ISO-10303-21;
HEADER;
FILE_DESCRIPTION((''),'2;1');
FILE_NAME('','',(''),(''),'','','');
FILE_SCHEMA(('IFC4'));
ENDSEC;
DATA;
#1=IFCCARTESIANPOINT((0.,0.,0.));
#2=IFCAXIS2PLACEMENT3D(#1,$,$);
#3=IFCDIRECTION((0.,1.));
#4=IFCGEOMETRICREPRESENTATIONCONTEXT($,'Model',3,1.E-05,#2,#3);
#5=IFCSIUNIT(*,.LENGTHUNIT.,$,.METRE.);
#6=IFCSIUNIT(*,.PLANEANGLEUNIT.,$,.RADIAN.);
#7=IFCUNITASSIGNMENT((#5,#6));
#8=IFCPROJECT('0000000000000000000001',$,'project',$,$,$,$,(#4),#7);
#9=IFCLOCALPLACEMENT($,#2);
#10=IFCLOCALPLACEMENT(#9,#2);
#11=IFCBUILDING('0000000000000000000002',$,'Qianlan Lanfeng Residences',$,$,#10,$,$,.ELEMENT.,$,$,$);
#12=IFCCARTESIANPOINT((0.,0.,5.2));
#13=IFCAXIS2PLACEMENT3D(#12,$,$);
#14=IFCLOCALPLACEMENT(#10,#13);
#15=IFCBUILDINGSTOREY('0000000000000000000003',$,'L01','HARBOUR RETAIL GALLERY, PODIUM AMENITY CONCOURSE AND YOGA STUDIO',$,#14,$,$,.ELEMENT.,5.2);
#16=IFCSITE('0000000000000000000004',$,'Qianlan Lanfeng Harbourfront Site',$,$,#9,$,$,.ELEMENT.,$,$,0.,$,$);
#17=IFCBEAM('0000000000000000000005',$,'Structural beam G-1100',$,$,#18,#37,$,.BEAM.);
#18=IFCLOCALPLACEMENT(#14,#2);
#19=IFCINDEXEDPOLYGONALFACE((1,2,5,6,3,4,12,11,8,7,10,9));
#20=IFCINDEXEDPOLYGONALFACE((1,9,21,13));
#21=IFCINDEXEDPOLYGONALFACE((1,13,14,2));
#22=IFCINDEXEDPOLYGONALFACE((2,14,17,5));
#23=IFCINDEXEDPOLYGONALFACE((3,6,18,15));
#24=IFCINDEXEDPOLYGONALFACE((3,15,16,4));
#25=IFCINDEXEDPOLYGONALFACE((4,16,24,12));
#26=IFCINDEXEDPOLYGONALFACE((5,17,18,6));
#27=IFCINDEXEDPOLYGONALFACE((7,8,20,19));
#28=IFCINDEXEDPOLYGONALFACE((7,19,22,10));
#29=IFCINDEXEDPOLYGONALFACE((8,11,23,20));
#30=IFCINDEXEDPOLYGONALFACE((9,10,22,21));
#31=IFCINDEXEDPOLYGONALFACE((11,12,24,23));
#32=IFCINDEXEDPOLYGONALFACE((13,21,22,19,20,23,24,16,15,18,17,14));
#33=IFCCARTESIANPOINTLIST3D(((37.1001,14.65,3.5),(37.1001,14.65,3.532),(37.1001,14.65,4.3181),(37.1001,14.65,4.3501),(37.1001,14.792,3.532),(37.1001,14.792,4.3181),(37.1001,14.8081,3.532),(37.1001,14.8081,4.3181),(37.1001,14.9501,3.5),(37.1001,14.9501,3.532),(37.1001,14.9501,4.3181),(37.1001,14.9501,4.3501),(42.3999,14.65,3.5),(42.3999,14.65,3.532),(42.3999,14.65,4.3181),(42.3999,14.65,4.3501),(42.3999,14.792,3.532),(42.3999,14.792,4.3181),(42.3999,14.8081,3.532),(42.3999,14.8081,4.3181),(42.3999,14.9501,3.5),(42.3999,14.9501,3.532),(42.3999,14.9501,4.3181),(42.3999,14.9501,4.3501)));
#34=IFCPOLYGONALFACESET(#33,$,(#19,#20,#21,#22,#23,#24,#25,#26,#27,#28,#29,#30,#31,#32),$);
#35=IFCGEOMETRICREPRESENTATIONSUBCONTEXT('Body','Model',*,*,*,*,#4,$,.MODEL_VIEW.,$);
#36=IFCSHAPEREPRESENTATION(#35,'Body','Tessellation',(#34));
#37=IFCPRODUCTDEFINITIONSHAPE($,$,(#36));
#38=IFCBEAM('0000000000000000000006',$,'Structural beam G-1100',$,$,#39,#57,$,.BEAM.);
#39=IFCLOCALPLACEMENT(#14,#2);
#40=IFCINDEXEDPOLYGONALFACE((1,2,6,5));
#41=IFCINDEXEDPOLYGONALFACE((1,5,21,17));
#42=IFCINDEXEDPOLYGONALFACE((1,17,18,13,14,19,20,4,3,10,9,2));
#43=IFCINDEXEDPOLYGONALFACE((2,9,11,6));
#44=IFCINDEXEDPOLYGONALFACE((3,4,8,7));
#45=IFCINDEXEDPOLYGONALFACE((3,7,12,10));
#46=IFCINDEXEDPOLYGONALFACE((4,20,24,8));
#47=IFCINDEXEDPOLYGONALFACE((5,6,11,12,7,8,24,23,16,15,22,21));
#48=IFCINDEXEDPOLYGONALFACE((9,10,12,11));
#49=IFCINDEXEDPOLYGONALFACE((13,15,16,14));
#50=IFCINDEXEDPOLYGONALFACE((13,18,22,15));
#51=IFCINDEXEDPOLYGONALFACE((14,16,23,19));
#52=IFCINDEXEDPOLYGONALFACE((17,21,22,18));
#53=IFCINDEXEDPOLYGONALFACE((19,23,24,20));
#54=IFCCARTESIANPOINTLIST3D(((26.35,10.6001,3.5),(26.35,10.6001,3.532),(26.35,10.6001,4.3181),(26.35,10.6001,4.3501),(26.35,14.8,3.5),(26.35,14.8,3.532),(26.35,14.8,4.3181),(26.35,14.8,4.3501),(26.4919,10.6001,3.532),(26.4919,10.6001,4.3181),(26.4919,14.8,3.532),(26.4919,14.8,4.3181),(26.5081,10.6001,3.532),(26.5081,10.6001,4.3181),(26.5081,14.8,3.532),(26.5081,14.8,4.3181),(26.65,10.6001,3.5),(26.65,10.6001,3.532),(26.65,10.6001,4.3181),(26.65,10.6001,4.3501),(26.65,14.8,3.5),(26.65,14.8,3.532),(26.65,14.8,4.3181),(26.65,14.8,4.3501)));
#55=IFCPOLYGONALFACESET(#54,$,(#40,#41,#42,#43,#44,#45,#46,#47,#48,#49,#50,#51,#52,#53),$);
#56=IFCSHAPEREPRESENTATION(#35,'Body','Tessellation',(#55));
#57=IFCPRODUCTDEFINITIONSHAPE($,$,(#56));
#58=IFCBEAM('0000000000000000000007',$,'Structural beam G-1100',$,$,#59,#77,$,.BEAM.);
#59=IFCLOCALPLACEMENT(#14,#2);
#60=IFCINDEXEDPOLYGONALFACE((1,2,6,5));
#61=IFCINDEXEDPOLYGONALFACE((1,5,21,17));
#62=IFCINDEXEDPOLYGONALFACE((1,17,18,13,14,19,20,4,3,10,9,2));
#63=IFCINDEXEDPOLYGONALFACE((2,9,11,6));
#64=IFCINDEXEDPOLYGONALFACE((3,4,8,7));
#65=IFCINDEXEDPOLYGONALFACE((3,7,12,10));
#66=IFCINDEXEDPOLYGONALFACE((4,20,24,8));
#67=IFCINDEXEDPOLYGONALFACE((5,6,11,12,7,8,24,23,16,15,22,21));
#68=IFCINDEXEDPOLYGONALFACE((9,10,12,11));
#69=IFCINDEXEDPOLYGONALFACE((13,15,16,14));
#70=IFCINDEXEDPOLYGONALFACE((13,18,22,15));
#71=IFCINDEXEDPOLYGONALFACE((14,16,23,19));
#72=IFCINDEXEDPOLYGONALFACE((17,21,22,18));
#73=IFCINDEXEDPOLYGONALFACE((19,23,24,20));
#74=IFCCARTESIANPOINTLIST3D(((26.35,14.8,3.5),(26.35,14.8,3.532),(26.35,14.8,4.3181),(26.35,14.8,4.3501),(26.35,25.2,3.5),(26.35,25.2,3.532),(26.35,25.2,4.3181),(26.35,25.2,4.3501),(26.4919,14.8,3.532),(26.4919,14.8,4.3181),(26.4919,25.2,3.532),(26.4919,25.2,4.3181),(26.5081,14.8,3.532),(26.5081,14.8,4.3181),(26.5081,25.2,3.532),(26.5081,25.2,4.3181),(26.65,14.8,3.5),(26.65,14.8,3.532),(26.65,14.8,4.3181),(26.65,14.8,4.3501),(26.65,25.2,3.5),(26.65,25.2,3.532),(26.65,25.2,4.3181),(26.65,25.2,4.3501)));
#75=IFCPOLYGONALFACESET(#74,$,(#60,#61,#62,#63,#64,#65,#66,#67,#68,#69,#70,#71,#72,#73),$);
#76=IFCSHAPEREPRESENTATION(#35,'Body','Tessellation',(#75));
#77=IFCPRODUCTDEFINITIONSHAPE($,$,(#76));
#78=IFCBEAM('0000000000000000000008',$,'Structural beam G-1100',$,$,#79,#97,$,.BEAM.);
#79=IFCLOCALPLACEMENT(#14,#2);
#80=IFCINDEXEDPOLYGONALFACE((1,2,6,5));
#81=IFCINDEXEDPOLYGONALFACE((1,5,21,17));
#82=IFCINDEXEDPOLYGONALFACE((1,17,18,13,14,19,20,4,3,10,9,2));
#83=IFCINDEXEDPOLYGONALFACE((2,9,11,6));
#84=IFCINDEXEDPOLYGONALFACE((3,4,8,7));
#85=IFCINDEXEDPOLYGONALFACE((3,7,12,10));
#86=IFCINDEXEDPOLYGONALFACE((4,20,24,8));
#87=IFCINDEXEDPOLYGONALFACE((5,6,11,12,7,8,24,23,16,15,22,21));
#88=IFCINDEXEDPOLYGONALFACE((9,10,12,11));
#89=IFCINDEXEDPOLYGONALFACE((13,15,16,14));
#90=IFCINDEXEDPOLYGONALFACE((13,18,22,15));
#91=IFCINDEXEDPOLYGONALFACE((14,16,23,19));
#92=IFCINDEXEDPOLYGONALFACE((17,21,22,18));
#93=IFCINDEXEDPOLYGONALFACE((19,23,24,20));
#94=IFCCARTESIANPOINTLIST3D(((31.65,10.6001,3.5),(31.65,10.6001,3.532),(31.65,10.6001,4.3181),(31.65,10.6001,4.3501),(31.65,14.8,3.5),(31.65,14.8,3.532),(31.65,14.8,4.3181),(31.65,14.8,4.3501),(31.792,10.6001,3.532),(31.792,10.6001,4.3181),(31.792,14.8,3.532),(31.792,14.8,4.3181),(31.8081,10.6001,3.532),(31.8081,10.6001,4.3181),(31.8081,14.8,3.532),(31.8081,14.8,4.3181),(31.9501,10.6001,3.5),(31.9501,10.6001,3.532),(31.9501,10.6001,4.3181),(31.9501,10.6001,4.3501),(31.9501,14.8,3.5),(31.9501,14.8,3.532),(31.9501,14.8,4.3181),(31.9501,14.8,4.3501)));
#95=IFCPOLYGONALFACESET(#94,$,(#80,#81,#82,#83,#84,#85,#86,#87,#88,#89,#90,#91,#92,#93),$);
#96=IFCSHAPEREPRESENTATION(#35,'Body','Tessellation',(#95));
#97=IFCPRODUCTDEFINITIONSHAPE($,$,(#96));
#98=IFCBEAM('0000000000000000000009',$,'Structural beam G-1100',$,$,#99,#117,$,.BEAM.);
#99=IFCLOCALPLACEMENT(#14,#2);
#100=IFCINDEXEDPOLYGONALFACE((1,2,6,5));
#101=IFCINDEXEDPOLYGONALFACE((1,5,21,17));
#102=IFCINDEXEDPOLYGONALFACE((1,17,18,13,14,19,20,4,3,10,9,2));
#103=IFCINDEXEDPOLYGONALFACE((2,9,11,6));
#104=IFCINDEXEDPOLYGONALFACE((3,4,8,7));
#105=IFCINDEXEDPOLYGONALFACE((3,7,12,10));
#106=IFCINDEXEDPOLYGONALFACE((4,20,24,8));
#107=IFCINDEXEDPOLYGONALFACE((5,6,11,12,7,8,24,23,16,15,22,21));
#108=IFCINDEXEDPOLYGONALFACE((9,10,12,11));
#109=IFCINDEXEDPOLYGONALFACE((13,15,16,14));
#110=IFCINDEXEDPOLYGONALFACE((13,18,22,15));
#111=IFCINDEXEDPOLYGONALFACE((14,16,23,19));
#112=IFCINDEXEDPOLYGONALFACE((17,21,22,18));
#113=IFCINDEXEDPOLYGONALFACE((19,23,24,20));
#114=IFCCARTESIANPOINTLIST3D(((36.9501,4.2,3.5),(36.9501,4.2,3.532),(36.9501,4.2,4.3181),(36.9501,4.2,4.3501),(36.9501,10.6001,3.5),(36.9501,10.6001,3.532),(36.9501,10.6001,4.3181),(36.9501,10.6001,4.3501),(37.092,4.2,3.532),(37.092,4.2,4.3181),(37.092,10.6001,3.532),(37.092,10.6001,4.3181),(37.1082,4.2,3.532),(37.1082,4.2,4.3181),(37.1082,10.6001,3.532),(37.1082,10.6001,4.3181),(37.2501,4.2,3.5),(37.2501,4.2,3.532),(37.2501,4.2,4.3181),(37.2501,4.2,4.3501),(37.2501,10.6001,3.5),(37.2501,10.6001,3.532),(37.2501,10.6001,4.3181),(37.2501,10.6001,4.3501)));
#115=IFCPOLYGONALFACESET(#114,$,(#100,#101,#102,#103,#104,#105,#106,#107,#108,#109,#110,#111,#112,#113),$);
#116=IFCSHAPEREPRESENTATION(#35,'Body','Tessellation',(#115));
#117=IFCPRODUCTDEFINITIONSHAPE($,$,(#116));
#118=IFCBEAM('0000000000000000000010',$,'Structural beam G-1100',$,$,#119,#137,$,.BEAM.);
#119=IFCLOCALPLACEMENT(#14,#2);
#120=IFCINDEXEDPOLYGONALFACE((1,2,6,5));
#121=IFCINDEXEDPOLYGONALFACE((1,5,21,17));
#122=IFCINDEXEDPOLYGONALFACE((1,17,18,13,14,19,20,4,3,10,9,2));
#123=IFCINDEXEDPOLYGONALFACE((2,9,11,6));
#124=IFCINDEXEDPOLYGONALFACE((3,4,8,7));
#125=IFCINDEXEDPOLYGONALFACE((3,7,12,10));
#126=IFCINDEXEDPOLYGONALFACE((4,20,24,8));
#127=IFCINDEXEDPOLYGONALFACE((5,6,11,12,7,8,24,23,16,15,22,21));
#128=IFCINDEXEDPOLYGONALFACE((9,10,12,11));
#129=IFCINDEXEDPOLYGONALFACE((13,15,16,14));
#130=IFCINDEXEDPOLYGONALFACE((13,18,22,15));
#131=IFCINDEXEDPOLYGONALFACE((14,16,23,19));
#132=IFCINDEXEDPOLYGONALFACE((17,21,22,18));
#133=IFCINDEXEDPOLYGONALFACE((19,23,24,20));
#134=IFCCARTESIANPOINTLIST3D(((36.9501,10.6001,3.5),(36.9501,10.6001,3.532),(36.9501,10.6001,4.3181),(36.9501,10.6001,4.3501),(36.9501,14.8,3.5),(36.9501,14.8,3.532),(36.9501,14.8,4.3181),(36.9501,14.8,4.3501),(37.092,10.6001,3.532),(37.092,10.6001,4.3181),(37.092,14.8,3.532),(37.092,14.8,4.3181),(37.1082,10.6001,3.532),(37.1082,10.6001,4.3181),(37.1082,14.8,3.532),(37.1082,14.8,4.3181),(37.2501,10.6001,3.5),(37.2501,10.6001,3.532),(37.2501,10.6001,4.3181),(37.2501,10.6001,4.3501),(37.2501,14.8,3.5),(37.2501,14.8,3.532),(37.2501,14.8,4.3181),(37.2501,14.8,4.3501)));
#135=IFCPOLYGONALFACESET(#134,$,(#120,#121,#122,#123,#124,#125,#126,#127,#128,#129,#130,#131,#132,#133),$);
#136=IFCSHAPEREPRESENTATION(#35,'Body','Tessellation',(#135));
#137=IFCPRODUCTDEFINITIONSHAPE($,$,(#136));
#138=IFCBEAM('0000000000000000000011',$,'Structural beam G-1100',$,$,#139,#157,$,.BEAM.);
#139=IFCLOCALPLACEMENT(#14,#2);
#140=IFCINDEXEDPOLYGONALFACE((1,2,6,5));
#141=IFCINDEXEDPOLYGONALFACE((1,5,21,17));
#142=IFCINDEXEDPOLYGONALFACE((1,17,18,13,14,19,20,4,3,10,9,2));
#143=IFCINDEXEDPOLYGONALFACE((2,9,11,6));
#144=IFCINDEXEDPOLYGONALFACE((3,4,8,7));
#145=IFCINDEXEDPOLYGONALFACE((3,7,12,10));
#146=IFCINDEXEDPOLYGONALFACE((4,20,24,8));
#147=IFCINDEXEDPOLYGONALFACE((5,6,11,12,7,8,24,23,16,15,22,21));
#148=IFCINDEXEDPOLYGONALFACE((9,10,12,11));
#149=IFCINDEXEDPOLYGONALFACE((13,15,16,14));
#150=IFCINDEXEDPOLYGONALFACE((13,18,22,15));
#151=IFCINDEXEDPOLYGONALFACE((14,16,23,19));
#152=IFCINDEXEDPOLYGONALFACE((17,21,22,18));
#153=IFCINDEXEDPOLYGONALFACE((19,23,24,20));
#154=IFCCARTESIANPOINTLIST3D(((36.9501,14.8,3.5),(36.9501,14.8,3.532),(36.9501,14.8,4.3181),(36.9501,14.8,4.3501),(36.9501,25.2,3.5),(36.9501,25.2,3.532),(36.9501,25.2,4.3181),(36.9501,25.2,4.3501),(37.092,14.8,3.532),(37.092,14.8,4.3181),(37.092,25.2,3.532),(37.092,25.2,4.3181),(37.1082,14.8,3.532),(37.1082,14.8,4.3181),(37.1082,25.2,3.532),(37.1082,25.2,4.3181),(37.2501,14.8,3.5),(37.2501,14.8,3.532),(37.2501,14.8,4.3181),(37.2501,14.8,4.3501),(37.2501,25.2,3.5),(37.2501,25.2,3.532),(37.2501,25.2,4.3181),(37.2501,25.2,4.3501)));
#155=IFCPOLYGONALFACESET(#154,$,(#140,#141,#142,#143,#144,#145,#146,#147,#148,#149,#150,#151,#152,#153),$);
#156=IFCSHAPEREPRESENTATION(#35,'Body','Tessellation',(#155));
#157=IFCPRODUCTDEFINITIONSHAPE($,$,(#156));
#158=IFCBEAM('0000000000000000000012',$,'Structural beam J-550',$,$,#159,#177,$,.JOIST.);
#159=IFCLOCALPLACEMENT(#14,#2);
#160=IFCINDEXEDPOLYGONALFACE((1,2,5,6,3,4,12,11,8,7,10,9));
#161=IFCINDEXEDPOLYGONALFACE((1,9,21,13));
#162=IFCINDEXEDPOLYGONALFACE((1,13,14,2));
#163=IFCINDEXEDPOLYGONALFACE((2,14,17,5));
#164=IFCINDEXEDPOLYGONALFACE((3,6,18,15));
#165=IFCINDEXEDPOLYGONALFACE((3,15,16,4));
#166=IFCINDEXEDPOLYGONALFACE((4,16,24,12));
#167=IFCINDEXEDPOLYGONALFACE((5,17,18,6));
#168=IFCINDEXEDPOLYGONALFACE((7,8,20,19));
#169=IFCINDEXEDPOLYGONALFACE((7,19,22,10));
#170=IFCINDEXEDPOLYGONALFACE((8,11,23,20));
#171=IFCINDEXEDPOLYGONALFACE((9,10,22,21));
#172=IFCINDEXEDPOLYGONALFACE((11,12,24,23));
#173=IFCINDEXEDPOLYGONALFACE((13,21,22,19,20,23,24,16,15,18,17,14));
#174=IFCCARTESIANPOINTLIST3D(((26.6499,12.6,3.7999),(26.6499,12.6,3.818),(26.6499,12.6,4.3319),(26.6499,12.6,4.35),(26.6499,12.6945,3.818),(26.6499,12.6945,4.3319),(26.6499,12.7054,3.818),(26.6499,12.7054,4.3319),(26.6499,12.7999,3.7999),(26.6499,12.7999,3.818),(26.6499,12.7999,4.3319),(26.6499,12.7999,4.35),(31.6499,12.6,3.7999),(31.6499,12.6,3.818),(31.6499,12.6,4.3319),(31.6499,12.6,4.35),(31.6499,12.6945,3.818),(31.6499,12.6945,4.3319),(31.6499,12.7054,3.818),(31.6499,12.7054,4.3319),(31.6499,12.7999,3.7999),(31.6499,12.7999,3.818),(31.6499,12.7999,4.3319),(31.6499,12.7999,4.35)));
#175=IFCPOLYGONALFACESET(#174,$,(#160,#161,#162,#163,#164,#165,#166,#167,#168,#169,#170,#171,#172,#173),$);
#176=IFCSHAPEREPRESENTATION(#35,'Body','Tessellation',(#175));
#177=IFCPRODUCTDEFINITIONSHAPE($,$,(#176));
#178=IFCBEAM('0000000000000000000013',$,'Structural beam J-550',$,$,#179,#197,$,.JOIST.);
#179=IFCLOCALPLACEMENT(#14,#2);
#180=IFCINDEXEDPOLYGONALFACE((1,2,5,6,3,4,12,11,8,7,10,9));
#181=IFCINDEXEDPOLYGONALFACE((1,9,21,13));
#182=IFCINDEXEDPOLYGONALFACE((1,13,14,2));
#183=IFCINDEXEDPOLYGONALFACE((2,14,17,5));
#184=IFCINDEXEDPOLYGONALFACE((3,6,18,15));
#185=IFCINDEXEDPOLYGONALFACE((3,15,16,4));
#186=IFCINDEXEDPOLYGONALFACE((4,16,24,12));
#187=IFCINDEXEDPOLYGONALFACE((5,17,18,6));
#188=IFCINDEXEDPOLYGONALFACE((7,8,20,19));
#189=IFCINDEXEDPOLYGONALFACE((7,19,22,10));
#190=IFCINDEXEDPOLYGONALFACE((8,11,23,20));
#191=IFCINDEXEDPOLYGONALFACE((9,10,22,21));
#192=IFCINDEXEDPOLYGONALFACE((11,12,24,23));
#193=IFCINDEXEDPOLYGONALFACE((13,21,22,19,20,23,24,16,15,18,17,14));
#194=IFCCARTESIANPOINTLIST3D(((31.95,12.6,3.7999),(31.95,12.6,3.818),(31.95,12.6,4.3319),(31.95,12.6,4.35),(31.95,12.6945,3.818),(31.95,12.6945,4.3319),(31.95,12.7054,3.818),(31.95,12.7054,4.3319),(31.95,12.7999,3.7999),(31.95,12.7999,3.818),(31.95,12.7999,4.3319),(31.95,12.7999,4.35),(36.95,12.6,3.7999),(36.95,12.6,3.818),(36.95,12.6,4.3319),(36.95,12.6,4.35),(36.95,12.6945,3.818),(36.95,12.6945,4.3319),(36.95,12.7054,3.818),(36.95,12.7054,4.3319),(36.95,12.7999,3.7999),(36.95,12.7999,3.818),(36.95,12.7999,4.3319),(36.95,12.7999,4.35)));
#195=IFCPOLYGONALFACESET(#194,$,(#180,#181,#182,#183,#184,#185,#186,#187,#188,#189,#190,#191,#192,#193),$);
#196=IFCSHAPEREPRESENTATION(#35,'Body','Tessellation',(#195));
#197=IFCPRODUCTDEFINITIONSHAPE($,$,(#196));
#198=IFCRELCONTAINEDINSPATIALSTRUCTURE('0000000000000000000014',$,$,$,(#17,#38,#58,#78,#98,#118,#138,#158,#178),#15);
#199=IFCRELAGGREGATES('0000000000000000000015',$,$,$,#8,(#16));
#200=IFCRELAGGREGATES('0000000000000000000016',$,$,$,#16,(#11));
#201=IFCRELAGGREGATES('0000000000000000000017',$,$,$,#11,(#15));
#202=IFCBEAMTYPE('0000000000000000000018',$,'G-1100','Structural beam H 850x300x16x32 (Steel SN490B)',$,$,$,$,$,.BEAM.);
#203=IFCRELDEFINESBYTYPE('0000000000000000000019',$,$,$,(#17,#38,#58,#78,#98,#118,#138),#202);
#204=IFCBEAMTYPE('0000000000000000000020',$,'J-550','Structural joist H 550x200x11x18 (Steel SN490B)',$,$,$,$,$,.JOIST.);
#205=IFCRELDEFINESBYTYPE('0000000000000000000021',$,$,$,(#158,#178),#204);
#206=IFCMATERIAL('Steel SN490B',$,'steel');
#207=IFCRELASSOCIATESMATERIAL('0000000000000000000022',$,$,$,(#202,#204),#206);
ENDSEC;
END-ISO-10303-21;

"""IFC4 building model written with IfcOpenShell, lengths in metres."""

from ifc_helpers import new_model, si_unit, direction, frame, origin, origin_2d, place, context, subcontext, project, spatial, i_section, extrude, material, material_profile, profile_set, type_object, element, save


model = new_model("IFC4")

# Units and contexts
model_context = context("Model", 3, precision=1e-05, world=origin(), true_north=direction((0.0, 1.0)))
body_context = subcontext(model_context, "Body", "Model", "MODEL_VIEW")
ifc_project = project(units=[si_unit("LENGTHUNIT", "METRE"), si_unit("PLANEANGLEUNIT", "RADIAN")], contexts=[model_context])

# Site, building, storey
site_placement = place(None, origin())
site = spatial("IfcSite", under=ifc_project, at=site_placement, Name="Qianlan Lanfeng Harbourfront Site", CompositionType="ELEMENT", RefElevation=0.0)
building_placement = place(site_placement, origin())
building = spatial("IfcBuilding", under=site, at=building_placement, Name="Qianlan Lanfeng Residences", CompositionType="ELEMENT")
storey_placement = place(building_placement, frame((0.0, 0.0, 5.2)))
storey = spatial("IfcBuildingStorey", under=building, at=storey_placement, Name="L01", Description="HARBOUR RETAIL GALLERY, PODIUM AMENITY CONCOURSE AND YOGA STUDIO", CompositionType="ELEMENT", Elevation=5.2)

# Beams
ifc_material_1 = material(Name="Steel SN490B", Category="steel")
ifc_material_profile_1 = material_profile(ifc_material_1, i_section(OverallWidth=0.3, OverallDepth=0.8501, WebThickness=0.0161, FlangeThickness=0.032, at=origin_2d()), Name="H 850x300x16x32")
ifc_profile_set_1 = profile_set([ifc_material_profile_1], Name="Steel SN490B")
beam_type_1 = type_object("IfcBeamType", Name="G-1100", Description="Structural beam H 850x300x16x32 (Steel SN490B)", PredefinedType="BEAM", material=ifc_profile_set_1)
beam_1_placement = place(storey_placement, frame((37.1001, 14.8, 3.925), z_axis=(1.0, 0.0, 0.0), x_axis=(0.0, 1.0, 0.0)))
element("IfcBeam", 1, at=beam_1_placement, inside=storey, type_object=beam_type_1, Name="Structural beam G-1100", PredefinedType="BEAM", context=body_context, shape_type="SweptSolid", body=[
    extrude(i_section(OverallWidth=0.3, OverallDepth=0.8501, WebThickness=0.0161, FlangeThickness=0.032, at=origin_2d()), origin(), (0.0, 0.0, 1.0), 5.2998),
])
beam_2_placement = place(storey_placement, frame((26.5, 10.6001, 3.925), z_axis=(0.0, 1.0, 0.0), x_axis=(-1.0, 0.0, 0.0)))
element("IfcBeam", 2, at=beam_2_placement, inside=storey, type_object=beam_type_1, Name="Structural beam G-1100", PredefinedType="BEAM", context=body_context, shape_type="SweptSolid", body=[
    extrude(i_section(OverallWidth=0.3, OverallDepth=0.8501, WebThickness=0.0161, FlangeThickness=0.032, at=origin_2d()), origin(), (0.0, 0.0, 1.0), 4.2),
])
beam_3_placement = place(storey_placement, frame((26.5, 14.8, 3.925), z_axis=(0.0, 1.0, 0.0), x_axis=(-1.0, 0.0, 0.0)))
element("IfcBeam", 3, at=beam_3_placement, inside=storey, type_object=beam_type_1, Name="Structural beam G-1100", PredefinedType="BEAM", context=body_context, shape_type="SweptSolid", body=[
    extrude(i_section(OverallWidth=0.3, OverallDepth=0.8501, WebThickness=0.0161, FlangeThickness=0.032, at=origin_2d()), origin(), (0.0, 0.0, 1.0), 10.3999),
])
beam_4_placement = place(storey_placement, frame((31.8, 10.6001, 3.925), z_axis=(0.0, 1.0, 0.0), x_axis=(-1.0, 0.0, 0.0)))
element("IfcBeam", 4, at=beam_4_placement, inside=storey, type_object=beam_type_1, Name="Structural beam G-1100", PredefinedType="BEAM", context=body_context, shape_type="SweptSolid", body=[
    extrude(i_section(OverallWidth=0.3, OverallDepth=0.8501, WebThickness=0.0161, FlangeThickness=0.032, at=origin_2d()), origin(), (0.0, 0.0, 1.0), 4.2),
])
beam_5_placement = place(storey_placement, frame((37.1001, 4.2, 3.925), z_axis=(0.0, 1.0, 0.0), x_axis=(-1.0, 0.0, 0.0)))
element("IfcBeam", 5, at=beam_5_placement, inside=storey, type_object=beam_type_1, Name="Structural beam G-1100", PredefinedType="BEAM", context=body_context, shape_type="SweptSolid", body=[
    extrude(i_section(OverallWidth=0.3, OverallDepth=0.8501, WebThickness=0.0161, FlangeThickness=0.032, at=origin_2d()), origin(), (0.0, 0.0, 1.0), 6.4001),
])
beam_6_placement = place(storey_placement, frame((37.1001, 10.6001, 3.925), z_axis=(0.0, 1.0, 0.0), x_axis=(-1.0, 0.0, 0.0)))
element("IfcBeam", 6, at=beam_6_placement, inside=storey, type_object=beam_type_1, Name="Structural beam G-1100", PredefinedType="BEAM", context=body_context, shape_type="SweptSolid", body=[
    extrude(i_section(OverallWidth=0.3, OverallDepth=0.8501, WebThickness=0.0161, FlangeThickness=0.032, at=origin_2d()), origin(), (0.0, 0.0, 1.0), 4.2),
])
beam_7_placement = place(storey_placement, frame((37.1001, 14.8, 3.925), z_axis=(0.0, 1.0, 0.0), x_axis=(-1.0, 0.0, 0.0)))
element("IfcBeam", 7, at=beam_7_placement, inside=storey, type_object=beam_type_1, Name="Structural beam G-1100", PredefinedType="BEAM", context=body_context, shape_type="SweptSolid", body=[
    extrude(i_section(OverallWidth=0.3, OverallDepth=0.8501, WebThickness=0.0161, FlangeThickness=0.032, at=origin_2d()), origin(), (0.0, 0.0, 1.0), 10.3999),
])
ifc_material_profile_2 = material_profile(ifc_material_1, i_section(OverallWidth=0.2, OverallDepth=0.55, WebThickness=0.011, FlangeThickness=0.0181, at=origin_2d()), Name="H 550x200x11x18")
ifc_profile_set_2 = profile_set([ifc_material_profile_2], Name="Steel SN490B")
beam_type_2 = type_object("IfcBeamType", Name="J-550", Description="Structural joist H 550x200x11x18 (Steel SN490B)", PredefinedType="JOIST", material=ifc_profile_set_2)
for number, where, z_axis, x_axis, name in (
    (8, (26.6499, 12.7, 4.075), (1.0, 0.0, 0.0), (0.0, 1.0, 0.0), "Structural beam J-550"),
    (9, (31.95, 12.7, 4.075), (1.0, 0.0, 0.0), (0.0, 1.0, 0.0), "Structural beam J-550"),
):
    element("IfcBeam", number, at=place(storey_placement, frame(where, z_axis=z_axis, x_axis=x_axis)), inside=storey, type_object=beam_type_2, Name=name, PredefinedType="JOIST", context=body_context, shape_type="SweptSolid", body=[
        extrude(i_section(OverallWidth=0.2, OverallDepth=0.55, WebThickness=0.011, FlangeThickness=0.0181, at=origin_2d()), origin(), (0.0, 0.0, 1.0), 5.0),
    ])

save(model, "model.ifc")
